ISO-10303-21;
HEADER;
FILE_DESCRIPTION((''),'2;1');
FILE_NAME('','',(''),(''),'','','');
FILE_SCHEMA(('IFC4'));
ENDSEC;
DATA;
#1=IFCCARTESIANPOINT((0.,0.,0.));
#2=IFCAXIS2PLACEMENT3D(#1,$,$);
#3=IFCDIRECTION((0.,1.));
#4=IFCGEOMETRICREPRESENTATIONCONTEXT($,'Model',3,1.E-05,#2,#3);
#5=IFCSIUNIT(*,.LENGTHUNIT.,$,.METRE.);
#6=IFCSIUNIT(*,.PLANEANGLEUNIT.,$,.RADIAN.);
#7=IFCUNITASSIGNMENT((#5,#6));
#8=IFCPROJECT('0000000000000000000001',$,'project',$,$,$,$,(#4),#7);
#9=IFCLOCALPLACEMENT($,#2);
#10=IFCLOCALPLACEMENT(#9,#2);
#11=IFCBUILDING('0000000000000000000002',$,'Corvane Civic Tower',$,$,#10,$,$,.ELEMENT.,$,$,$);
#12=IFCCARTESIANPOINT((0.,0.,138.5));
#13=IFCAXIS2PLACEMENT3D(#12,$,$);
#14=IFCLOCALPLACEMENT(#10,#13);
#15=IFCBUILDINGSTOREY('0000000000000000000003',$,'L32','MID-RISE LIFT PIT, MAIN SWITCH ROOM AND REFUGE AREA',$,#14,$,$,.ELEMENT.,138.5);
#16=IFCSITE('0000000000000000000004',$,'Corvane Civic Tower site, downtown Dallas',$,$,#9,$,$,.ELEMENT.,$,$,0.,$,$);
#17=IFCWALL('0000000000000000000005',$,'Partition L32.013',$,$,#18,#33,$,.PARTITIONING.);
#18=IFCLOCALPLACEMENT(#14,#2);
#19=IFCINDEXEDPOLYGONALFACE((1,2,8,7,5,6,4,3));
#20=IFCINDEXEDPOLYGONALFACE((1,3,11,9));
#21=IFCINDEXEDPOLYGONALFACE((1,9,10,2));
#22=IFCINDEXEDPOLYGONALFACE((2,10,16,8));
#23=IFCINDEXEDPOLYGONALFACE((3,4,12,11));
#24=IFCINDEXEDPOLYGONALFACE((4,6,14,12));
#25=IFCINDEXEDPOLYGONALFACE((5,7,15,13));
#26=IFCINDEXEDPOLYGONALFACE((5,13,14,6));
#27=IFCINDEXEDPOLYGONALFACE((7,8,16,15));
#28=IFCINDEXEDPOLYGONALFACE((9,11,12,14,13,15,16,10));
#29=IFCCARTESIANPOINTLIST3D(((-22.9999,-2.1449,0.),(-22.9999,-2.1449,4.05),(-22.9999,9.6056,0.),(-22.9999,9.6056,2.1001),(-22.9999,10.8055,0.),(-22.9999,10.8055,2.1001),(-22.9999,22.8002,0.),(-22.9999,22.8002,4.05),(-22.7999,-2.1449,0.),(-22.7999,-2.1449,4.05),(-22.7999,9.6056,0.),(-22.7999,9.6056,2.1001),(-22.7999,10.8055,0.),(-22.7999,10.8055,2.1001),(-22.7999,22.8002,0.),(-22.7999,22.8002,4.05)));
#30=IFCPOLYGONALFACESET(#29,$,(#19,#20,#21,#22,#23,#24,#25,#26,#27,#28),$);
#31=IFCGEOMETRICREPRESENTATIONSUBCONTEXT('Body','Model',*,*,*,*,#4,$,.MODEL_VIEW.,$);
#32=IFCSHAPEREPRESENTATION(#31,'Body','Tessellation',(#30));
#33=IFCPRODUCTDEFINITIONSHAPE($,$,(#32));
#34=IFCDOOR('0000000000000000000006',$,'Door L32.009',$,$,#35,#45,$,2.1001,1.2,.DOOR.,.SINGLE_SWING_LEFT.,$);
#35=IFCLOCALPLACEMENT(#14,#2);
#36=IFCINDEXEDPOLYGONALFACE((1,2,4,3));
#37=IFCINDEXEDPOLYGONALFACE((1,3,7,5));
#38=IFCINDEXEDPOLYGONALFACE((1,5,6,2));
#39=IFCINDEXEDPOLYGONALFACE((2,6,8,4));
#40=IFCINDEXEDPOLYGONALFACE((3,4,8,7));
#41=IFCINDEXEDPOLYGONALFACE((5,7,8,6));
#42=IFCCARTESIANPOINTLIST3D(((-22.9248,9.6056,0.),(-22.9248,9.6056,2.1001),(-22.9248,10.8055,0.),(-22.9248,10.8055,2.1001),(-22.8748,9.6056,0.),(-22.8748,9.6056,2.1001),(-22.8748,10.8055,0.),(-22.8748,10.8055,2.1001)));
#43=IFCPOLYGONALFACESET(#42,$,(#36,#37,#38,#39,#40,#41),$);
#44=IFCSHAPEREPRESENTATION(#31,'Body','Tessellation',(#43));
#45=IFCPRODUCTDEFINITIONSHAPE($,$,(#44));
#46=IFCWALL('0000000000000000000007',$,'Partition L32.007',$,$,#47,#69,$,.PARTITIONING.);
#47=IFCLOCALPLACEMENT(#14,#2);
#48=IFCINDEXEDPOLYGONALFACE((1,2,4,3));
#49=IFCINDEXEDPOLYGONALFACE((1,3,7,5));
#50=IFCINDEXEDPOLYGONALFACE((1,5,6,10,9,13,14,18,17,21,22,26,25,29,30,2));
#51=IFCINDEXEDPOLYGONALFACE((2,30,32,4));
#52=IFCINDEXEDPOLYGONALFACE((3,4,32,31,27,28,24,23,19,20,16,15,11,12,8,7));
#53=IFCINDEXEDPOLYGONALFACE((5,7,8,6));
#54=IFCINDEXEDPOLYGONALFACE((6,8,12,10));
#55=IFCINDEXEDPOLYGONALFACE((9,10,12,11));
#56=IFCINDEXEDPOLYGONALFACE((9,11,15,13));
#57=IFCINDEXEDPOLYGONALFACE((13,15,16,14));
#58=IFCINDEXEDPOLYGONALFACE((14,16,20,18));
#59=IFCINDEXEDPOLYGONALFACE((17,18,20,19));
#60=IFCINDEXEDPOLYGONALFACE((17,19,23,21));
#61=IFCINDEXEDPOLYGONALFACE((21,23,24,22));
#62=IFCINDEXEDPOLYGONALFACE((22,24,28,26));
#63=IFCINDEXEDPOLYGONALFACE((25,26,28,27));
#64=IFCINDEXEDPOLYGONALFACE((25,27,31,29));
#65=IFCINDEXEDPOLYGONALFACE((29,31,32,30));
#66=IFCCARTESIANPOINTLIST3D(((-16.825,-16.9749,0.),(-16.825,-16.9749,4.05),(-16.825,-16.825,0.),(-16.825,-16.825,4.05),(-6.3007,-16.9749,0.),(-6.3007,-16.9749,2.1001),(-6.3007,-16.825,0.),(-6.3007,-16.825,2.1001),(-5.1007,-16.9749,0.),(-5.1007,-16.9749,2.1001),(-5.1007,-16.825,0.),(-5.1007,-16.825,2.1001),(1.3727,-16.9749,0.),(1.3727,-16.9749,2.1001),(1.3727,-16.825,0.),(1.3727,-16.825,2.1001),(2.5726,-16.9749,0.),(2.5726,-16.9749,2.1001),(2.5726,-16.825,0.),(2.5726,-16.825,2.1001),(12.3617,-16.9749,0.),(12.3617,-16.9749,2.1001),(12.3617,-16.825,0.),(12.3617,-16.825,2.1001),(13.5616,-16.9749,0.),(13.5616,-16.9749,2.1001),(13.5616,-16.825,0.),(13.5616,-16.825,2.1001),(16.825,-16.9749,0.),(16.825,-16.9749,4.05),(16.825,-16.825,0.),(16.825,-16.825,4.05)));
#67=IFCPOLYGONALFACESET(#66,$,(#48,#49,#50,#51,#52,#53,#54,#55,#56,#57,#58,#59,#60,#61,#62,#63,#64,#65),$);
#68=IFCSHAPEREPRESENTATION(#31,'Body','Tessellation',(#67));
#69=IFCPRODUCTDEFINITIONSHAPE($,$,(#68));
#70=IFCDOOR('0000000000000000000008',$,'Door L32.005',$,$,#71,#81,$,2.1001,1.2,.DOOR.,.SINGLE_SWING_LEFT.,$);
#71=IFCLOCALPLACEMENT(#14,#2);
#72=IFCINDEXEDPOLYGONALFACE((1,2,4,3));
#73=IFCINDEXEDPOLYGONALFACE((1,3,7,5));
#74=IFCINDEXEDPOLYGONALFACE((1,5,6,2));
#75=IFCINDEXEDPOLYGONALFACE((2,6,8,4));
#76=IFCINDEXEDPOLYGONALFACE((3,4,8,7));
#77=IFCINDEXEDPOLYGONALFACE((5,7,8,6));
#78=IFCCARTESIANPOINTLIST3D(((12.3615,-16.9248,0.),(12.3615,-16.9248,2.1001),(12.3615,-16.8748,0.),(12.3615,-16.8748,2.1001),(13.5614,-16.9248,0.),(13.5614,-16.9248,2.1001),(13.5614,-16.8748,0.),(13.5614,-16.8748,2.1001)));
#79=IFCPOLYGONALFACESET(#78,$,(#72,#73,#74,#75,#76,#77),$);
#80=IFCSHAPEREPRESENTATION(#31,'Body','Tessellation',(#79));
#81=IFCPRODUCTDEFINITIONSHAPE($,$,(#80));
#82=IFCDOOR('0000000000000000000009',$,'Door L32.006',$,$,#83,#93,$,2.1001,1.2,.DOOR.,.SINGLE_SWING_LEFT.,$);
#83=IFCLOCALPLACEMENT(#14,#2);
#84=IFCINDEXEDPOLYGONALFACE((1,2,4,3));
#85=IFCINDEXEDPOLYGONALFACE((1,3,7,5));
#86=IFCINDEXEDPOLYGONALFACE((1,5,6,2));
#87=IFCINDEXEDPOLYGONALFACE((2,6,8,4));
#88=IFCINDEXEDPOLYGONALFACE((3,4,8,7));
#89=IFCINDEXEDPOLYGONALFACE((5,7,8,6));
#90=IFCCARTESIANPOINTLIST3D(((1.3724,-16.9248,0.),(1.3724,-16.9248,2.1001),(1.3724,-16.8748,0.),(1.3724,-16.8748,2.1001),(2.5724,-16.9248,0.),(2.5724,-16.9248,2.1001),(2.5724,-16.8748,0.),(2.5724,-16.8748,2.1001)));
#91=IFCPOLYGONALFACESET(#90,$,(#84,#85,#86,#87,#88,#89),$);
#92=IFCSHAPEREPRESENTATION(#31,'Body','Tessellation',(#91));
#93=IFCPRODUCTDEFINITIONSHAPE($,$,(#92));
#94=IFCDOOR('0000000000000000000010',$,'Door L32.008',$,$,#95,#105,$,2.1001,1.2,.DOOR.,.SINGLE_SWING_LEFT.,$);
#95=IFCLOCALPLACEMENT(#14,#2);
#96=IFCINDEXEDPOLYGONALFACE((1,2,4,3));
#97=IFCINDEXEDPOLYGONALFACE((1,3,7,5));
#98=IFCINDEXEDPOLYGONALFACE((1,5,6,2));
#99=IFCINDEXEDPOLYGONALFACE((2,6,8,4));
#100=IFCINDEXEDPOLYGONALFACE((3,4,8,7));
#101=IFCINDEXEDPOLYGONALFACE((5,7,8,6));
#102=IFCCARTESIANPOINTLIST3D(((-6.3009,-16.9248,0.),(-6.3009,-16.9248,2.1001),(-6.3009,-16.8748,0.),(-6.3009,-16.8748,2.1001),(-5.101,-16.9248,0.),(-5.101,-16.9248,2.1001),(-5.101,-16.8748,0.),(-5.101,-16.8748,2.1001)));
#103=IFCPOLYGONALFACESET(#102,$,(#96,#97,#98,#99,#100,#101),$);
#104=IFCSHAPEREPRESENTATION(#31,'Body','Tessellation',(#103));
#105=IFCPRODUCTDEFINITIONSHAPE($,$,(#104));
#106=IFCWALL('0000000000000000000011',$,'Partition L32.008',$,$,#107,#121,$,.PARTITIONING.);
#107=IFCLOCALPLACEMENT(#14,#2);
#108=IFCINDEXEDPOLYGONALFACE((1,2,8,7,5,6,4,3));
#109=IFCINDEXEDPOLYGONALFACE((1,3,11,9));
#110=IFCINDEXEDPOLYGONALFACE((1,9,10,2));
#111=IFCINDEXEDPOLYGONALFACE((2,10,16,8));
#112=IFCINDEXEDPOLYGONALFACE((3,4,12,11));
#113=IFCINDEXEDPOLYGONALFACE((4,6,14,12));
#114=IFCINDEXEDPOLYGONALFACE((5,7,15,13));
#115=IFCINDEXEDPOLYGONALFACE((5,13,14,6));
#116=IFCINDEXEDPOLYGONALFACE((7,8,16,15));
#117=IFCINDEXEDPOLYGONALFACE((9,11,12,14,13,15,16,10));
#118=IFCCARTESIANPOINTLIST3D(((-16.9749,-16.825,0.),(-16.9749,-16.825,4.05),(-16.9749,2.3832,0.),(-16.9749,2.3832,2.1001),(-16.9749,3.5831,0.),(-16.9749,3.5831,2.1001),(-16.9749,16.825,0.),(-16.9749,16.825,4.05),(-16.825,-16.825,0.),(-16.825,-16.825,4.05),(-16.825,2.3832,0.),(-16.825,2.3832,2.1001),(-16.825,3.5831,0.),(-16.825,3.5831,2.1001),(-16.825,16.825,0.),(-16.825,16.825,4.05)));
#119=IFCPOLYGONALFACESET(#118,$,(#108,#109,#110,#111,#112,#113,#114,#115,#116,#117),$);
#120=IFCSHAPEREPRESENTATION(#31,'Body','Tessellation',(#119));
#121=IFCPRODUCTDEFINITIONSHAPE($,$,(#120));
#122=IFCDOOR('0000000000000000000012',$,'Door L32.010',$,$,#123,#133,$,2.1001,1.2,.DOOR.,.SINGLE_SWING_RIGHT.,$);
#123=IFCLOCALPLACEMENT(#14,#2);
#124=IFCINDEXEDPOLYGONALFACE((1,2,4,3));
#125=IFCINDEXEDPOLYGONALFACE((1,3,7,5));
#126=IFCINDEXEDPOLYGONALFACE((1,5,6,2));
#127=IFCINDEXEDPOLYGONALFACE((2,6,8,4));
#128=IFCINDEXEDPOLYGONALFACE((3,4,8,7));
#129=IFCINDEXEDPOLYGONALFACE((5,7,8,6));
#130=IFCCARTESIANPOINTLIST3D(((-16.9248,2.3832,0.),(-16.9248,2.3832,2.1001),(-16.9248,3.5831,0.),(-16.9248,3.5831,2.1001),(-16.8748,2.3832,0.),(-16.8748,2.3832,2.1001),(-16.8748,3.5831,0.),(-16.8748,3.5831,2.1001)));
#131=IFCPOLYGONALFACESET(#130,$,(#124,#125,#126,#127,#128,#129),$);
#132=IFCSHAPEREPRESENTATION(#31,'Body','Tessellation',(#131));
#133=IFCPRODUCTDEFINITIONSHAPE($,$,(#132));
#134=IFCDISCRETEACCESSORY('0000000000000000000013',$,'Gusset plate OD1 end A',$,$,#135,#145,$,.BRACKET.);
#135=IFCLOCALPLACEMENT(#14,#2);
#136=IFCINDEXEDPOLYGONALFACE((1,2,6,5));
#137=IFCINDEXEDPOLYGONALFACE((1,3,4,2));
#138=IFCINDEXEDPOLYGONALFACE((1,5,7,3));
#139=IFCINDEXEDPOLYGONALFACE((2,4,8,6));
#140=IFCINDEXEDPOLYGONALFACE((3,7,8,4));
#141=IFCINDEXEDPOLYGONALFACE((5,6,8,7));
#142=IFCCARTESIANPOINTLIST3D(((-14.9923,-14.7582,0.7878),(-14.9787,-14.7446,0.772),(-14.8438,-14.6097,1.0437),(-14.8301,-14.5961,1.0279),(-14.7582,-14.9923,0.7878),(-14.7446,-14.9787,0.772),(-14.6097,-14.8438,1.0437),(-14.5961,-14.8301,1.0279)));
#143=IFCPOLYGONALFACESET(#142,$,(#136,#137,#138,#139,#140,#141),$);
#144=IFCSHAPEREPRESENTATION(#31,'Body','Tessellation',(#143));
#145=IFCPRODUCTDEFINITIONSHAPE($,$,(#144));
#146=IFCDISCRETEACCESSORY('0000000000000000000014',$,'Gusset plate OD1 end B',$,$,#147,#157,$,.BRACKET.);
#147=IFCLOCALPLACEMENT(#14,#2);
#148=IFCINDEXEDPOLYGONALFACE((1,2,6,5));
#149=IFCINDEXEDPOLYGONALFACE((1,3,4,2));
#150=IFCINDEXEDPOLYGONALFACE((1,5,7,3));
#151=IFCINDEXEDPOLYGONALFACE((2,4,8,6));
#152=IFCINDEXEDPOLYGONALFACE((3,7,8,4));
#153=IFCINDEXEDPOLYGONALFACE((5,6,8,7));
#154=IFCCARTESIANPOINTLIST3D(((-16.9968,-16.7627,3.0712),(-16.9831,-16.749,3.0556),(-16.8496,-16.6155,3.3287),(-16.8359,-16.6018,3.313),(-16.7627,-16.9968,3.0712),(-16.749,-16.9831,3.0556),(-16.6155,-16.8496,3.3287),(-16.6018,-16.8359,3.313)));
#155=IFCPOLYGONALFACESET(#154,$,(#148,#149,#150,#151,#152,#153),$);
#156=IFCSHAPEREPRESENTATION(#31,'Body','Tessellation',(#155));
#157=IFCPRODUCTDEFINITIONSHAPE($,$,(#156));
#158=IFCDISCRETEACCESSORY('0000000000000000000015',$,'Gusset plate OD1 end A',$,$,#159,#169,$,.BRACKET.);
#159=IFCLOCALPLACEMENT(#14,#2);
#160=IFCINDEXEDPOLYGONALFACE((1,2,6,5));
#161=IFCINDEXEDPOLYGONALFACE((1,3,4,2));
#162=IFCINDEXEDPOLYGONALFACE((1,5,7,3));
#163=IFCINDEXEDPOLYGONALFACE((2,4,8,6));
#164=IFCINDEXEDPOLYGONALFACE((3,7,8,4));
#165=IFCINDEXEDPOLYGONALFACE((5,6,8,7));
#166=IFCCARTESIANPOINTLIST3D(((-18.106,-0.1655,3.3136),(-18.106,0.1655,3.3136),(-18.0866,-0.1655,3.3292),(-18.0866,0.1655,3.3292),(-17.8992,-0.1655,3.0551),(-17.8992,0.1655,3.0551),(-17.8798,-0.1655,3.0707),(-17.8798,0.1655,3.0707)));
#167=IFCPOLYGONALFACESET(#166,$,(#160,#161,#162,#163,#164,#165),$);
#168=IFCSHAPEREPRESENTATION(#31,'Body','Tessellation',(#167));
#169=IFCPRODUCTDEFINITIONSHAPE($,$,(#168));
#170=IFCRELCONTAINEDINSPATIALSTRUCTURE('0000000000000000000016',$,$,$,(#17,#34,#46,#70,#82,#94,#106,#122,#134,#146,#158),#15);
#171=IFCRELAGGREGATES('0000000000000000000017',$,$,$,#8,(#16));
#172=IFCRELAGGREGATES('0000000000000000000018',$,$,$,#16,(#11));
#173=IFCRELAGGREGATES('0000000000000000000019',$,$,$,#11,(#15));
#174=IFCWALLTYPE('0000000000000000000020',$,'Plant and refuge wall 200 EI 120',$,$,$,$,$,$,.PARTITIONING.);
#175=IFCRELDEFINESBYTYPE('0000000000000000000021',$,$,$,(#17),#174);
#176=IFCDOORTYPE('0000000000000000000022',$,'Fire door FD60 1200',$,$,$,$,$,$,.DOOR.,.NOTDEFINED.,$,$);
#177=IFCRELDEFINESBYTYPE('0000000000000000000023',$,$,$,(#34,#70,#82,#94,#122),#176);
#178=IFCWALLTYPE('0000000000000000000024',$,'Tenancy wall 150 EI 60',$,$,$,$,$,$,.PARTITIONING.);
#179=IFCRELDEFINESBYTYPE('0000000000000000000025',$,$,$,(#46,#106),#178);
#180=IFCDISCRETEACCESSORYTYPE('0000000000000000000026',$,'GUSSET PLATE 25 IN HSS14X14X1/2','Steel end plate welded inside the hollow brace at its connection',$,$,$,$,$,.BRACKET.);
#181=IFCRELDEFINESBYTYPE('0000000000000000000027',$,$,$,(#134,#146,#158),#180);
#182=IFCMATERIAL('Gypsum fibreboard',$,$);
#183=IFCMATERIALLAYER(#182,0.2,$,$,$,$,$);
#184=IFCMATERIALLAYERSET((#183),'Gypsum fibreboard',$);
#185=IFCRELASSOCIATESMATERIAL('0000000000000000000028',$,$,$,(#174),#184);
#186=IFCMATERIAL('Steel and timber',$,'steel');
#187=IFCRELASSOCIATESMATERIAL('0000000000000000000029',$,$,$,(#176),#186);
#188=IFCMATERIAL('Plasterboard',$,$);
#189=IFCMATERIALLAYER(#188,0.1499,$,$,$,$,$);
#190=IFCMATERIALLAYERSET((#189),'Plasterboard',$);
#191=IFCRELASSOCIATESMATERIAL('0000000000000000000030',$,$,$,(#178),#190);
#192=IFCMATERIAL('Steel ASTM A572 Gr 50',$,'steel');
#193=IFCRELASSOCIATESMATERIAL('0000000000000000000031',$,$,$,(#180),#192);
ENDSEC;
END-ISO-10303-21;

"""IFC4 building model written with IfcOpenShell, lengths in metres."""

from ifc_helpers import new_model, si_unit, direction, frame, frame_2d, origin, origin_2d, place, context, subcontext, project, spatial, rectangle, extrude, material, layer, layer_set, material_profile, profile_set, type_object, element, fill, save


model = new_model("IFC4")

# Units and contexts
model_context = context("Model", 3, precision=1e-05, world=origin(), true_north=direction((0.0, 1.0)))
body_context = subcontext(model_context, "Body", "Model", "MODEL_VIEW")
ifc_project = project(units=[si_unit("LENGTHUNIT", "METRE"), si_unit("PLANEANGLEUNIT", "RADIAN")], contexts=[model_context])

# Site, building, storey
site_placement = place(None, origin())
site = spatial("IfcSite", under=ifc_project, at=site_placement, Name="Corvane Civic Tower site, downtown Dallas", CompositionType="ELEMENT", RefElevation=0.0)
building_placement = place(site_placement, origin())
building = spatial("IfcBuilding", under=site, at=building_placement, Name="Corvane Civic Tower", CompositionType="ELEMENT")
storey_placement = place(building_placement, frame((0.0, 0.0, 138.5)))
storey = spatial("IfcBuildingStorey", under=building, at=storey_placement, Name="L32", Description="MID-RISE LIFT PIT, MAIN SWITCH ROOM AND REFUGE AREA", CompositionType="ELEMENT", Elevation=138.5)

# Wall, opening, door
ifc_material_1 = material(Name="Gypsum fibreboard")
ifc_layer_1 = layer(ifc_material_1, 0.2)
ifc_layer_set_1 = layer_set([ifc_layer_1], Name="Gypsum fibreboard")
wall_type_1 = type_object("IfcWallType", Name="Plant and refuge wall 200 EI 120", PredefinedType="PARTITIONING", material=ifc_layer_set_1)
wall_1_placement = place(storey_placement, frame((-22.8999, -2.145, 0.0), z_axis=(0.0, 0.0, 1.0), x_axis=(0.0, 1.0, 0.0)))
wall_1 = element("IfcWall", 1, at=wall_1_placement, inside=storey, type_object=wall_type_1, Name="Partition L32.013", PredefinedType="PARTITIONING", context=body_context, shape_type="SweptSolid", body=[
    extrude(rectangle(XDim=24.9451, YDim=0.2, at=frame_2d((12.4727, 0.0))), origin(), (0.0, 0.0, 1.0), 4.05),
])
opening_1_placement = place(wall_1_placement, frame((11.7505, 0.0, 0.0)))
opening_1 = element("IfcOpeningElement", 2, at=opening_1_placement, cuts=wall_1, PredefinedType="OPENING", context=body_context, shape_type="SweptSolid", body=[
    extrude(rectangle(XDim=1.2, YDim=2.1001, at=frame_2d((0.6001, 1.05))), frame((0.0, 0.1099, 0.0), z_axis=(0.0, -1.0, 0.0), x_axis=(1.0, 0.0, 0.0)), (0.0, 0.0, 1.0), 0.22),
])
ifc_material_2 = material(Name="Steel and timber", Category="steel")
door_type = type_object("IfcDoorType", Name="Fire door FD60 1200", OperationType="NOTDEFINED", PredefinedType="DOOR", material=ifc_material_2)
door_1_placement = place(opening_1_placement, origin())
door_1 = element("IfcDoor", 3, at=door_1_placement, inside=storey, type_object=door_type, Name="Door L32.009", OperationType="SINGLE_SWING_LEFT", OverallHeight=2.1001, OverallWidth=1.2, PredefinedType="DOOR", context=body_context, shape_type="SweptSolid", body=[
    extrude(rectangle(XDim=1.2, YDim=2.1001, at=frame_2d((0.6001, 1.05))), frame((0.0, 0.0249, 0.0), z_axis=(0.0, -1.0, 0.0), x_axis=(1.0, 0.0, 0.0)), (0.0, 0.0, 1.0), 0.05),
])
fill(opening_1, door_1)

# Wall, openings, doors
ifc_material_3 = material(Name="Plasterboard")
ifc_layer_2 = layer(ifc_material_3, 0.1499)
ifc_layer_set_2 = layer_set([ifc_layer_2], Name="Plasterboard")
wall_type_2 = type_object("IfcWallType", Name="Tenancy wall 150 EI 60", PredefinedType="PARTITIONING", material=ifc_layer_set_2)
wall_2_placement = place(storey_placement, frame((-16.825, -16.8999, 0.0), z_axis=(0.0, 0.0, 1.0), x_axis=(1.0, 0.0, 0.0)))
wall_2 = element("IfcWall", 4, at=wall_2_placement, inside=storey, type_object=wall_type_2, Name="Partition L32.007", PredefinedType="PARTITIONING", context=body_context, shape_type="SweptSolid", body=[
    extrude(rectangle(XDim=33.6499, YDim=0.1499, at=frame_2d((16.825, 0.0))), origin(), (0.0, 0.0, 1.0), 4.05),
])
opening_2_placement = place(wall_2_placement, frame((29.1865, 0.0, 0.0)))
opening_2 = element("IfcOpeningElement", 5, at=opening_2_placement, cuts=wall_2, PredefinedType="OPENING", context=body_context, shape_type="SweptSolid", body=[
    extrude(rectangle(XDim=1.2, YDim=2.1001, at=frame_2d((0.6001, 1.05))), frame((0.0, 0.085, 0.0), z_axis=(0.0, -1.0, 0.0), x_axis=(1.0, 0.0, 0.0)), (0.0, 0.0, 1.0), 0.1699),
])
opening_3_placement = place(wall_2_placement, frame((18.1975, 0.0, 0.0)))
opening_3 = element("IfcOpeningElement", 6, at=opening_3_placement, cuts=wall_2, PredefinedType="OPENING", context=body_context, shape_type="SweptSolid", body=[
    extrude(rectangle(XDim=1.2, YDim=2.1001, at=frame_2d((0.6001, 1.05))), frame((0.0, 0.085, 0.0), z_axis=(0.0, -1.0, 0.0), x_axis=(1.0, 0.0, 0.0)), (0.0, 0.0, 1.0), 0.1699),
])
opening_4_placement = place(wall_2_placement, frame((10.5242, 0.0, 0.0)))
opening_4 = element("IfcOpeningElement", 7, at=opening_4_placement, cuts=wall_2, PredefinedType="OPENING", context=body_context, shape_type="SweptSolid", body=[
    extrude(rectangle(XDim=1.2, YDim=2.1001, at=frame_2d((0.6001, 1.05))), frame((0.0, 0.085, 0.0), z_axis=(0.0, -1.0, 0.0), x_axis=(1.0, 0.0, 0.0)), (0.0, 0.0, 1.0), 0.1699),
])
door_2_placement = place(opening_2_placement, frame((1.2, 0.0, 0.0), z_axis=(0.0, 0.0, 1.0), x_axis=(-1.0, 0.0, 0.0)))
door_2 = element("IfcDoor", 8, at=door_2_placement, inside=storey, type_object=door_type, Name="Door L32.005", OperationType="SINGLE_SWING_LEFT", OverallHeight=2.1001, OverallWidth=1.2, PredefinedType="DOOR", context=body_context, shape_type="SweptSolid", body=[
    extrude(rectangle(XDim=1.2, YDim=2.1001, at=frame_2d((0.6001, 1.05))), frame((0.0, 0.0249, 0.0), z_axis=(0.0, -1.0, 0.0), x_axis=(1.0, 0.0, 0.0)), (0.0, 0.0, 1.0), 0.05),
])
fill(opening_2, door_2)
door_3_placement = place(opening_3_placement, frame((1.2, 0.0, 0.0), z_axis=(0.0, 0.0, 1.0), x_axis=(-1.0, 0.0, 0.0)))
door_3 = element("IfcDoor", 9, at=door_3_placement, inside=storey, type_object=door_type, Name="Door L32.006", OperationType="SINGLE_SWING_LEFT", OverallHeight=2.1001, OverallWidth=1.2, PredefinedType="DOOR", context=body_context, shape_type="SweptSolid", body=[
    extrude(rectangle(XDim=1.2, YDim=2.1001, at=frame_2d((0.6001, 1.05))), frame((0.0, 0.0249, 0.0), z_axis=(0.0, -1.0, 0.0), x_axis=(1.0, 0.0, 0.0)), (0.0, 0.0, 1.0), 0.05),
])
fill(opening_3, door_3)
door_4_placement = place(opening_4_placement, frame((1.2, 0.0, 0.0), z_axis=(0.0, 0.0, 1.0), x_axis=(-1.0, 0.0, 0.0)))
door_4 = element("IfcDoor", 10, at=door_4_placement, inside=storey, type_object=door_type, Name="Door L32.008", OperationType="SINGLE_SWING_LEFT", OverallHeight=2.1001, OverallWidth=1.2, PredefinedType="DOOR", context=body_context, shape_type="SweptSolid", body=[
    extrude(rectangle(XDim=1.2, YDim=2.1001, at=frame_2d((0.6001, 1.05))), frame((0.0, 0.0249, 0.0), z_axis=(0.0, -1.0, 0.0), x_axis=(1.0, 0.0, 0.0)), (0.0, 0.0, 1.0), 0.05),
])
fill(opening_4, door_4)

# Wall, opening, door
wall_3_placement = place(storey_placement, frame((-16.8999, -16.825, 0.0), z_axis=(0.0, 0.0, 1.0), x_axis=(0.0, 1.0, 0.0)))
wall_3 = element("IfcWall", 11, at=wall_3_placement, inside=storey, type_object=wall_type_2, Name="Partition L32.008", PredefinedType="PARTITIONING", context=body_context, shape_type="SweptSolid", body=[
    extrude(rectangle(XDim=33.6499, YDim=0.1499, at=frame_2d((16.825, 0.0))), origin(), (0.0, 0.0, 1.0), 4.05),
])
opening_5_placement = place(wall_3_placement, frame((19.208, 0.0, 0.0)))
opening_5 = element("IfcOpeningElement", 12, at=opening_5_placement, cuts=wall_3, PredefinedType="OPENING", context=body_context, shape_type="SweptSolid", body=[
    extrude(rectangle(XDim=1.2, YDim=2.1001, at=frame_2d((0.6001, 1.05))), frame((0.0, 0.085, 0.0), z_axis=(0.0, -1.0, 0.0), x_axis=(1.0, 0.0, 0.0)), (0.0, 0.0, 1.0), 0.1699),
])
door_5_placement = place(opening_5_placement, origin())
door_5 = element("IfcDoor", 13, at=door_5_placement, inside=storey, type_object=door_type, Name="Door L32.010", OperationType="SINGLE_SWING_RIGHT", OverallHeight=2.1001, OverallWidth=1.2, PredefinedType="DOOR", context=body_context, shape_type="SweptSolid", body=[
    extrude(rectangle(XDim=1.2, YDim=2.1001, at=frame_2d((0.6001, 1.05))), frame((0.0, 0.0249, 0.0), z_axis=(0.0, -1.0, 0.0), x_axis=(1.0, 0.0, 0.0)), (0.0, 0.0, 1.0), 0.05),
])
fill(opening_5, door_5)

# Discrete accessories
ifc_material_4 = material(Name="Steel ASTM A572 Gr 50", Category="steel")
ifc_material_profile_1 = material_profile(ifc_material_4, rectangle(XDim=0.3311, YDim=0.3311, at=origin_2d()), Name="GUSSET PLATE 25 IN HSS14X14X1/2")
ifc_profile_set_1 = profile_set([ifc_material_profile_1], Name="Steel ASTM A572 Gr 50")
discrete_accessory_type_1 = type_object("IfcDiscreteAccessoryType", Name="GUSSET PLATE 25 IN HSS14X14X1/2", Description="Steel end plate welded inside the hollow brace at its connection", PredefinedType="BRACKET", material=ifc_profile_set_1)
for number, where, z_axis, x_axis, name in (
    (14, (-14.7874, -14.7874, 0.8999), (-0.546582, -0.546582, 0.634426), (0.707107, -0.707107, 0.0), "Gusset plate OD1 end A"),
    (15, (-16.8062, -16.8062, 3.2), (0.549972, 0.549972, -0.628539), (-0.707107, 0.707107, 0.0), "Gusset plate OD1 end B"),
    (16, (-17.9832, 0.0, 3.2), (-0.780869, 0.0, -0.624695), (0.0, -1.0, 0.0), "Gusset plate OD1 end A"),
):
    element("IfcDiscreteAccessory", number, at=place(storey_placement, frame(where, z_axis=z_axis, x_axis=x_axis)), inside=storey, type_object=discrete_accessory_type_1, Name=name, PredefinedType="BRACKET", context=body_context, shape_type="SweptSolid", body=[
        extrude(rectangle(XDim=0.3311, YDim=0.3311, at=origin_2d()), origin(), (0.0, 0.0, 1.0), 0.0249),
    ])

save(model, "model.ifc")
